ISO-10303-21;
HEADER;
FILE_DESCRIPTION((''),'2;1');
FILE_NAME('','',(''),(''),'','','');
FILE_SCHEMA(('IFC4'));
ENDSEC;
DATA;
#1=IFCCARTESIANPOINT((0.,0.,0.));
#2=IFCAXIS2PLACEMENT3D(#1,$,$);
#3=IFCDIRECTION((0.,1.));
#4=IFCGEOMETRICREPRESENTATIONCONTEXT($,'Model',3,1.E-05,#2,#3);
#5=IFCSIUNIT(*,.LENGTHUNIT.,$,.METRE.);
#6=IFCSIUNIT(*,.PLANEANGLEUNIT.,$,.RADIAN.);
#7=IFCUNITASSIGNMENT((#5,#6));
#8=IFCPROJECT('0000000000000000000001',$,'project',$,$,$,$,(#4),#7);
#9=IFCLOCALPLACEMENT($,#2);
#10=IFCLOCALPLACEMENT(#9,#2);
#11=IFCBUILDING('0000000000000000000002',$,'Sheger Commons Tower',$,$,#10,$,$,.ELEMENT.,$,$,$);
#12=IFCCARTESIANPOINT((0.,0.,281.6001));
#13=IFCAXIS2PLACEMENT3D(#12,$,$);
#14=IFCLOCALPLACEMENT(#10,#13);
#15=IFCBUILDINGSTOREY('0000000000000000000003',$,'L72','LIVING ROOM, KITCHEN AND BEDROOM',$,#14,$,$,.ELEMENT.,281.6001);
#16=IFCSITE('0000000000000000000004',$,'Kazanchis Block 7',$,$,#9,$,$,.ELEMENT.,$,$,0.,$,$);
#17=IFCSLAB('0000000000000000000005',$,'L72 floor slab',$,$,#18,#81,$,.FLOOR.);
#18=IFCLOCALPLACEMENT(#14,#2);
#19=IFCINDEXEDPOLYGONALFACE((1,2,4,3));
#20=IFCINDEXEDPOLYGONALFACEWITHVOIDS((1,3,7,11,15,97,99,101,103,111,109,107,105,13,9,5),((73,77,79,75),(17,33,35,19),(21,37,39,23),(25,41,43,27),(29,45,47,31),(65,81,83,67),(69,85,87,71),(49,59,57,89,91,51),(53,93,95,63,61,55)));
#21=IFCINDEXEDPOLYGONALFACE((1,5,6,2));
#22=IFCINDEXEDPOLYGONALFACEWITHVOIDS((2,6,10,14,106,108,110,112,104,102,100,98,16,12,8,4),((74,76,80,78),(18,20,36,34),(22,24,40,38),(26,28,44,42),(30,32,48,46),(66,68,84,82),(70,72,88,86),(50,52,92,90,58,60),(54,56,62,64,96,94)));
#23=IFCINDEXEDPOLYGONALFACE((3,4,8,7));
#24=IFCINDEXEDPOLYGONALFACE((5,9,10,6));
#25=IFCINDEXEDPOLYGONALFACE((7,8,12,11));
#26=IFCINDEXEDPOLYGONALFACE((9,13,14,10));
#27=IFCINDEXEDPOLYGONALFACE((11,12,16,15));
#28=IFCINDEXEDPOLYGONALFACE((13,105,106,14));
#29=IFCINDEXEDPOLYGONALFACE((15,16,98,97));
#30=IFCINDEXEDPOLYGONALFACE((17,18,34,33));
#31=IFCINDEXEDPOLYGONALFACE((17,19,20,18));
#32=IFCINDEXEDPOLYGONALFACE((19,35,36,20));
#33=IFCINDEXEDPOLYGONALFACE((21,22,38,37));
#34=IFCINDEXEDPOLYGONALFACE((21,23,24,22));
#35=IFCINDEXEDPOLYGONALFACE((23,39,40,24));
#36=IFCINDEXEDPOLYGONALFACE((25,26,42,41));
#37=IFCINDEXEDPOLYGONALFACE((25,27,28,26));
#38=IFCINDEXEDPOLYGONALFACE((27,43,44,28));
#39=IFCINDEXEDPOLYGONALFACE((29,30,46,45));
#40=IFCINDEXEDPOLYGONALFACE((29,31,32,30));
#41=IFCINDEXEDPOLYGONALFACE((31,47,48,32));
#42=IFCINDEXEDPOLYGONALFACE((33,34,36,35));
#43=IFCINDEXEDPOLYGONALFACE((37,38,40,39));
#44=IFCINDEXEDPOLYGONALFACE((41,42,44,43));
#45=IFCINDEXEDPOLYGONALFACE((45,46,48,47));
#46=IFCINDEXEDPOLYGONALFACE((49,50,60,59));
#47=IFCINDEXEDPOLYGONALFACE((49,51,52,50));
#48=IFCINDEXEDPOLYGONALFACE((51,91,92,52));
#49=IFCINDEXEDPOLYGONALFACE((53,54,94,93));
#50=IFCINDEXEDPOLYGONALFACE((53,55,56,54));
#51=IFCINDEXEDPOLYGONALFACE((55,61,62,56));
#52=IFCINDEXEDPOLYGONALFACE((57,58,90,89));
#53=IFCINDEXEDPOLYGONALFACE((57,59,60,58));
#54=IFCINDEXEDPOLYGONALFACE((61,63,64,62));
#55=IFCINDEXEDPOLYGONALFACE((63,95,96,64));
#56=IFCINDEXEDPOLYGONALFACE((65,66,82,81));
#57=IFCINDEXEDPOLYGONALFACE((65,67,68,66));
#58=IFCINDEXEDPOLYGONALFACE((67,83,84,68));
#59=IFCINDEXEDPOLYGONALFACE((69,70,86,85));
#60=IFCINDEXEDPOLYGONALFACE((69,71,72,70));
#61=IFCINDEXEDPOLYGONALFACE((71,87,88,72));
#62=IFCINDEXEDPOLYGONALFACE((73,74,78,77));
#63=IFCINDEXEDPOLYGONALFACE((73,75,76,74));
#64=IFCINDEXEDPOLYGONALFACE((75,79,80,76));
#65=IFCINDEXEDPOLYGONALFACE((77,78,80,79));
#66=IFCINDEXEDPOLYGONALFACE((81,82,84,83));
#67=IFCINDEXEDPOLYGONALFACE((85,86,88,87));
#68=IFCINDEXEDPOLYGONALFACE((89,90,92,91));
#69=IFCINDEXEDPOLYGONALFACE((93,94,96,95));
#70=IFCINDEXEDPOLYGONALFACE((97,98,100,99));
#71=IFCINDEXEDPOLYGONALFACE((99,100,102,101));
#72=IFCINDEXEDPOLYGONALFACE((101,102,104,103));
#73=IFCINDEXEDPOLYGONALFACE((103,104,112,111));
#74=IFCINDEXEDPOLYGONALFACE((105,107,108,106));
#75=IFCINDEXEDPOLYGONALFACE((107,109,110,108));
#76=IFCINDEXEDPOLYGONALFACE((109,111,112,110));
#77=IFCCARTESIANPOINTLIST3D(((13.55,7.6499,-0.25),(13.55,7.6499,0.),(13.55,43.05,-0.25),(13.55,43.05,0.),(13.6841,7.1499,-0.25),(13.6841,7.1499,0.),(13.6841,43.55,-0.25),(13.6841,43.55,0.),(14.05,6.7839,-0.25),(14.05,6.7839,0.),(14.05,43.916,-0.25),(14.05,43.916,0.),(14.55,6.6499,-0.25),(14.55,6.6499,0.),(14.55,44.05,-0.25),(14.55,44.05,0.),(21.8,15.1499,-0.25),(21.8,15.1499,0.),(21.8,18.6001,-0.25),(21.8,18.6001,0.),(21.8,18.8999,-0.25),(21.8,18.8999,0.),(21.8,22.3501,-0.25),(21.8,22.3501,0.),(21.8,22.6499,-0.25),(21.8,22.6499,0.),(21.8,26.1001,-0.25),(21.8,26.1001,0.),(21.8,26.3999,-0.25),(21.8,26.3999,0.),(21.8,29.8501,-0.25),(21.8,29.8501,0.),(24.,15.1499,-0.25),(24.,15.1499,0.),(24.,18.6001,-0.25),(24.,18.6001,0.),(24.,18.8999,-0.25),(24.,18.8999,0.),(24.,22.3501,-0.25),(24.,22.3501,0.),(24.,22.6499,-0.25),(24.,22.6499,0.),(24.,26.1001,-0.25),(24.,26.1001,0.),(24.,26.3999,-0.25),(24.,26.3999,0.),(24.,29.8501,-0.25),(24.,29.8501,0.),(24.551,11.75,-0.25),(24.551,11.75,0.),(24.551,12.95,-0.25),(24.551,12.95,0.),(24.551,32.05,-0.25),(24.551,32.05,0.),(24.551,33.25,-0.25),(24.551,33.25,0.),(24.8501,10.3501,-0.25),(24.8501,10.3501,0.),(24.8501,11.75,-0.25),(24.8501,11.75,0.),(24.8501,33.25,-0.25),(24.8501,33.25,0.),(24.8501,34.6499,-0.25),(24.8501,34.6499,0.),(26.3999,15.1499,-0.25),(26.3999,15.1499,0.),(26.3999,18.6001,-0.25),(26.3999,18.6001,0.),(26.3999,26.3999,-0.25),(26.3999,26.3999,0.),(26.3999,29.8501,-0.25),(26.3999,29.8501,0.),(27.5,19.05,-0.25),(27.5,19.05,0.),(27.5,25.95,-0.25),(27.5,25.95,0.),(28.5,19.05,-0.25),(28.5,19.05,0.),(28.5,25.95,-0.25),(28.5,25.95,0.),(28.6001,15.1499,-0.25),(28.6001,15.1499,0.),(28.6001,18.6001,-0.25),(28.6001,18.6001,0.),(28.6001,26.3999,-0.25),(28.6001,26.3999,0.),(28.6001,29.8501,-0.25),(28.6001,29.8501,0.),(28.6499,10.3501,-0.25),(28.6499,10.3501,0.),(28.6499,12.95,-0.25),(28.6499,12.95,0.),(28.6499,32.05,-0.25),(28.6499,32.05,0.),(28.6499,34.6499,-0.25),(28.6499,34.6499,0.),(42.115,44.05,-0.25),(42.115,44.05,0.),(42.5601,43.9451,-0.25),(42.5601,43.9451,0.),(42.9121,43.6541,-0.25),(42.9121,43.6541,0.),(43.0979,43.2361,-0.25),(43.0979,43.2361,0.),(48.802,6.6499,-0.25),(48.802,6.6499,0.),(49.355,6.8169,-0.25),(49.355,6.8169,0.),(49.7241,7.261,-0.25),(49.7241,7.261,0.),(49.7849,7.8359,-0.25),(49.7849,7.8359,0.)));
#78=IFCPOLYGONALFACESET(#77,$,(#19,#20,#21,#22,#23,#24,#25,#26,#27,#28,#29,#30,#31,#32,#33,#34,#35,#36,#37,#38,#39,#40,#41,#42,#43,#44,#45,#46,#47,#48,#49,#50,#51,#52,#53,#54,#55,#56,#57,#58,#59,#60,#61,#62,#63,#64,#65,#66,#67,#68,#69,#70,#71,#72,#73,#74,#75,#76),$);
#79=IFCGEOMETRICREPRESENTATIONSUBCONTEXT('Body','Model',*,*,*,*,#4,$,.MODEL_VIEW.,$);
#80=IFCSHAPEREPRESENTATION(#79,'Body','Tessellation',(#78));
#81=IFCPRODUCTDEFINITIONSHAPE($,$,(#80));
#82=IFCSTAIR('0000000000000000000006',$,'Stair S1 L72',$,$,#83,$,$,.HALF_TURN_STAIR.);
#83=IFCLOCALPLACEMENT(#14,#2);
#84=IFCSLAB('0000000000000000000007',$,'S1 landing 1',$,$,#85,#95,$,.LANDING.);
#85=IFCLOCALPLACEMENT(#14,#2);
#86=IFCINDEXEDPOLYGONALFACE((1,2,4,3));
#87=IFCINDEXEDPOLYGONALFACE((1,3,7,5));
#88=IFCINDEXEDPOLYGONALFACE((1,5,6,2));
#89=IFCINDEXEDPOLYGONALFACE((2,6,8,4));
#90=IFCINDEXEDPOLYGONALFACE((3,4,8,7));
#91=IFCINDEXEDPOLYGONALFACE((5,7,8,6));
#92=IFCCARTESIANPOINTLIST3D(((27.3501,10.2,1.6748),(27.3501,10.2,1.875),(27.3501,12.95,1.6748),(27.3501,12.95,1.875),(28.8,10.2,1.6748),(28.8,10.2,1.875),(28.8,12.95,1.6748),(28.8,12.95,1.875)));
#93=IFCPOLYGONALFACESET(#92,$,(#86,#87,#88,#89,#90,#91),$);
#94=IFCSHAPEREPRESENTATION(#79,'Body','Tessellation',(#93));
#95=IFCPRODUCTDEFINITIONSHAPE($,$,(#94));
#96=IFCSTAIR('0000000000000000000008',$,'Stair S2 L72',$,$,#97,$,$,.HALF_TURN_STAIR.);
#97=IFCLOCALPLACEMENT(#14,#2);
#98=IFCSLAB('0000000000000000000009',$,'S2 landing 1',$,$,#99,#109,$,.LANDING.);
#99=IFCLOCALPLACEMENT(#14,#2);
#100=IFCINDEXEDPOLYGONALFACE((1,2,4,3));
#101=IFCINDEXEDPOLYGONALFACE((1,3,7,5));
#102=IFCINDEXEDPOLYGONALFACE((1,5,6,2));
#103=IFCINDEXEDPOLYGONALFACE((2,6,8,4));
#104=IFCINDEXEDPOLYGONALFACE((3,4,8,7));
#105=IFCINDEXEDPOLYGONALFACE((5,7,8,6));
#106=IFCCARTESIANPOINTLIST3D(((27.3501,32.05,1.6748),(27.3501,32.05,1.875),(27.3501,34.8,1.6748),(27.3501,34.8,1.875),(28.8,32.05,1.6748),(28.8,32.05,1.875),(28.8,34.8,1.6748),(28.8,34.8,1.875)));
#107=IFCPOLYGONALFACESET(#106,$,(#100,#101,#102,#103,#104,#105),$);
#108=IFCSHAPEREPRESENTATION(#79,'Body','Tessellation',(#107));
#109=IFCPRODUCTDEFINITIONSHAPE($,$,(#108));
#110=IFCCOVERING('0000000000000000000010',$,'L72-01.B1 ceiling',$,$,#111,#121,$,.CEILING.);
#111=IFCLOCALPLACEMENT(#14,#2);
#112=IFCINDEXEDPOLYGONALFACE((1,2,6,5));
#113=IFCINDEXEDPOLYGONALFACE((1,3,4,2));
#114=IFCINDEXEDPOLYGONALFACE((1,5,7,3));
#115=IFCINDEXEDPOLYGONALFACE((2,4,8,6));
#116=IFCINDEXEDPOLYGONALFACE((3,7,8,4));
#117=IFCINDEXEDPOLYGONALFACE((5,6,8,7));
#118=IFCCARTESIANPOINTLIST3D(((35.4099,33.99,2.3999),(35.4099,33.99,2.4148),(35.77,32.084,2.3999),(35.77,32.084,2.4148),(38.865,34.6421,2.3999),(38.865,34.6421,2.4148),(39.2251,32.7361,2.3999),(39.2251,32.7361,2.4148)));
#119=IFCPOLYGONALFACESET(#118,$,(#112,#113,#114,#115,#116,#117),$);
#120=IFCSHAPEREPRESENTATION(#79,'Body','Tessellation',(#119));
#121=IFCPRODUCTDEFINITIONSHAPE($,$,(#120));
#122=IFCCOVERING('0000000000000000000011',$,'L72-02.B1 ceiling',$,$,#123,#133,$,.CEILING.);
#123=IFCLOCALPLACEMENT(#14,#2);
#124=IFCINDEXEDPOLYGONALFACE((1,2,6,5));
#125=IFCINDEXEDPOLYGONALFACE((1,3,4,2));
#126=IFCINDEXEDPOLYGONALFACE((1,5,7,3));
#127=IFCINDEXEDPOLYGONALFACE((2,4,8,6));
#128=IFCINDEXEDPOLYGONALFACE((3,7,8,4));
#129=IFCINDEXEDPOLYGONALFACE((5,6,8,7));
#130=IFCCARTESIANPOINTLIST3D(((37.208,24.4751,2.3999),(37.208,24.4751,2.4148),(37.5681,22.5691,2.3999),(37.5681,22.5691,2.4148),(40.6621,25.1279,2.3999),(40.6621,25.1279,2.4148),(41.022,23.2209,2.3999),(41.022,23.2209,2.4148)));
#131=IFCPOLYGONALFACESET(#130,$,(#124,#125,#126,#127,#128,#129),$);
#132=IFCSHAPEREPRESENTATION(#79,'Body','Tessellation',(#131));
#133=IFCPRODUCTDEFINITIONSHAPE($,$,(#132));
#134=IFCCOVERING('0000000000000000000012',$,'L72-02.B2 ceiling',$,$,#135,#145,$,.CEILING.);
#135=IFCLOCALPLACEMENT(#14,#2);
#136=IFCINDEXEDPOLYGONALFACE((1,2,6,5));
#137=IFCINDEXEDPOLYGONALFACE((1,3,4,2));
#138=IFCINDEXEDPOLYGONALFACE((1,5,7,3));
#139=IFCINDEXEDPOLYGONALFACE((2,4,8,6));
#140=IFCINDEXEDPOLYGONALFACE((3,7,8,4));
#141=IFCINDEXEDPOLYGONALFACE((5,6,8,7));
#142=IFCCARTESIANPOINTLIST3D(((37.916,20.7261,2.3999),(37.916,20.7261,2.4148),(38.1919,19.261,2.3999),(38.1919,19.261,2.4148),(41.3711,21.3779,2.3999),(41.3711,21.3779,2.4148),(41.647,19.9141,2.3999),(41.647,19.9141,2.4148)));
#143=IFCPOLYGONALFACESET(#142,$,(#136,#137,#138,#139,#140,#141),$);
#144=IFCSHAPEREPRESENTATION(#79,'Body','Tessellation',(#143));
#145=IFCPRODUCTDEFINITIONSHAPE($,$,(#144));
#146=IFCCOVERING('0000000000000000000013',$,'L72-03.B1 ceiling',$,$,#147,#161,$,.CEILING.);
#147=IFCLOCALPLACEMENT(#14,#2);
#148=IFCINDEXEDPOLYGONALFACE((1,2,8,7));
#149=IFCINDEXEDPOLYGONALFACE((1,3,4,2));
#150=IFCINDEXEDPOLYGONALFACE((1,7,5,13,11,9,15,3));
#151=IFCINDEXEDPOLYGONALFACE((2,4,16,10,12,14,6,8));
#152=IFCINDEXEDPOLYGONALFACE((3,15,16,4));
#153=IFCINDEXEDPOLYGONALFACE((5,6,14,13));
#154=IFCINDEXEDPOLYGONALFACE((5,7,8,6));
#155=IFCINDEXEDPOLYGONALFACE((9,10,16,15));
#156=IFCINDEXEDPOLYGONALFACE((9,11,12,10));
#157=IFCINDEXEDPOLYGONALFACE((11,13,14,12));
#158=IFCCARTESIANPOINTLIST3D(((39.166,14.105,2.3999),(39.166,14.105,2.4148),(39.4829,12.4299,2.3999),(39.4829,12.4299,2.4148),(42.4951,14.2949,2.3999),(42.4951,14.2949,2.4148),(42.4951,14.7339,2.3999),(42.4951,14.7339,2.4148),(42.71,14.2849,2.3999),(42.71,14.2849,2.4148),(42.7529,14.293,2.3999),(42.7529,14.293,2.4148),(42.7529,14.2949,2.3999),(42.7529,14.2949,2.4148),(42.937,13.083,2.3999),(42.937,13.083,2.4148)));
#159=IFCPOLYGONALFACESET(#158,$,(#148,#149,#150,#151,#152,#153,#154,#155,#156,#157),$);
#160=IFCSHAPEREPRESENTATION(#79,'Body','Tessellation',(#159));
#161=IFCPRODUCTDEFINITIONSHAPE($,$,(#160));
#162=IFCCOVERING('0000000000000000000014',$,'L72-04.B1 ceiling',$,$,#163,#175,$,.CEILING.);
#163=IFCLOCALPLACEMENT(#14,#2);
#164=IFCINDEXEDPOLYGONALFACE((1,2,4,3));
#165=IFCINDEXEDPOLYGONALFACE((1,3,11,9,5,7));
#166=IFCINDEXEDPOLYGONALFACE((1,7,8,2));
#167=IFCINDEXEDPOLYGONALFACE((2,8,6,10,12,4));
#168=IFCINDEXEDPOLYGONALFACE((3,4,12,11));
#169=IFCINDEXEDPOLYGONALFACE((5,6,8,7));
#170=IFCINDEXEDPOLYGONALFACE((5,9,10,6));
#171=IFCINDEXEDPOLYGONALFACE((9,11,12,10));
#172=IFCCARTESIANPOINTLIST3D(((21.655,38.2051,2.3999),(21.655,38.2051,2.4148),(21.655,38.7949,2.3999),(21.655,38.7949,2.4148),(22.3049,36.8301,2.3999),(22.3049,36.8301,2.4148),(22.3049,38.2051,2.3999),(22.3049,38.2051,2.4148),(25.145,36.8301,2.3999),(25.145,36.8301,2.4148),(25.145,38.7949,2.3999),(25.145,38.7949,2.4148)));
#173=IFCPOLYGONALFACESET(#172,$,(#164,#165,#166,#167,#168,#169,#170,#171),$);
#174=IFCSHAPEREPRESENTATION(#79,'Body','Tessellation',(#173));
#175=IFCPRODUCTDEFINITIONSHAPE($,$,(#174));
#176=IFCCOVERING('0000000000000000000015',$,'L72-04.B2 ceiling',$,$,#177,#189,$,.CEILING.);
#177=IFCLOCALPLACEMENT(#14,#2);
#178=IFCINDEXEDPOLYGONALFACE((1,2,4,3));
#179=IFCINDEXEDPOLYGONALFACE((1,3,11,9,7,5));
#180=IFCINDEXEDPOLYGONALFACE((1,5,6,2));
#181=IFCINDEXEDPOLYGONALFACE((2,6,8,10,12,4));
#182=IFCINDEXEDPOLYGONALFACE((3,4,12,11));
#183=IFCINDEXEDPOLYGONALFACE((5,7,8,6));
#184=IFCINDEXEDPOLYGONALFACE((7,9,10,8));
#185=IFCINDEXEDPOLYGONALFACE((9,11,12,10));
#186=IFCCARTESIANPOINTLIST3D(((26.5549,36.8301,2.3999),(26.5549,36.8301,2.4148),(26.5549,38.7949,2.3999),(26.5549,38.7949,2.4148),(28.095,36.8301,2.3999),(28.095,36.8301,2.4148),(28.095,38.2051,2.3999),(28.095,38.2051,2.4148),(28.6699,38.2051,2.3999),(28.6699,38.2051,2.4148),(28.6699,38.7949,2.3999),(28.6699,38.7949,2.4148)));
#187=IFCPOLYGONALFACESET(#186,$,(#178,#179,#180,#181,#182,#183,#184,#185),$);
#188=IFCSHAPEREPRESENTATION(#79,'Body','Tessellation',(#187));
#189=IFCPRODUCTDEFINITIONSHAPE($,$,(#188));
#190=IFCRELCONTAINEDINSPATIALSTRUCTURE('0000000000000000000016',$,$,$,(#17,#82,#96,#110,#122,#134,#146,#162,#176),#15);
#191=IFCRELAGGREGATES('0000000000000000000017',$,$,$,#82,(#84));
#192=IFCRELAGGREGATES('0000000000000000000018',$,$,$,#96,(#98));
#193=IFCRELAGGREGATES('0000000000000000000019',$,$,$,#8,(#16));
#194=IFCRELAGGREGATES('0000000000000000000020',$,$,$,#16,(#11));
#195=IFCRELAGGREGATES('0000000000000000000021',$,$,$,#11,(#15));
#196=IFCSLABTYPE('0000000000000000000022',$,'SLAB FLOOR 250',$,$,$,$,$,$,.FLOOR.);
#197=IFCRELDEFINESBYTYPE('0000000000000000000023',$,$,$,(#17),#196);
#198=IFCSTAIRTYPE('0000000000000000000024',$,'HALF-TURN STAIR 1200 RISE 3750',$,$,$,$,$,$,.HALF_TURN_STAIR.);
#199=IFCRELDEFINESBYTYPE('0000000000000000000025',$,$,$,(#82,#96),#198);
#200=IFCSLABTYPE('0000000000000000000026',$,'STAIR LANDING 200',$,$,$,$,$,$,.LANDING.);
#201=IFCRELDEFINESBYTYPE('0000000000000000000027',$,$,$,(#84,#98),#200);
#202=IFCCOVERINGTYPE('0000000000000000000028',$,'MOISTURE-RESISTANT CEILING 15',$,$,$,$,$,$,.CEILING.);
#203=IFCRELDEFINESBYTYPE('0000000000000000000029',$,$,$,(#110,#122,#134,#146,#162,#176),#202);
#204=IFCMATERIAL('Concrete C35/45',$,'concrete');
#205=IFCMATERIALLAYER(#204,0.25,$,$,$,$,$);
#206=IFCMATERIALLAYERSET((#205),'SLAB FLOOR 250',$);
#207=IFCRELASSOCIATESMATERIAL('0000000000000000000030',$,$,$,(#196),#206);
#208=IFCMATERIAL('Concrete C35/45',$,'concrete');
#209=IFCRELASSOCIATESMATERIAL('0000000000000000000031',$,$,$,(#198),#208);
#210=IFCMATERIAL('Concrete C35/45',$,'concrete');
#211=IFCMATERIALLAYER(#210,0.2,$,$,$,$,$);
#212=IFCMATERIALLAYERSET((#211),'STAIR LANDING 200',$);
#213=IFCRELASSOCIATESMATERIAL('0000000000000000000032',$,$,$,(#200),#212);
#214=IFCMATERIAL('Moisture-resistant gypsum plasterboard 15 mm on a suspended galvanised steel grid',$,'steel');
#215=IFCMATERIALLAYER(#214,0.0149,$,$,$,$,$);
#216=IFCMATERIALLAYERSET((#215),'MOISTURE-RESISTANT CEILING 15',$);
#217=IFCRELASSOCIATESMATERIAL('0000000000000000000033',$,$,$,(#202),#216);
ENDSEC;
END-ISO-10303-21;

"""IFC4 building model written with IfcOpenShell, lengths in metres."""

from ifc_helpers import new_model, si_unit, direction, frame, origin, place, context, subcontext, project, spatial, polyline, outline, extrude, material, layer, layer_set, type_object, element, aggregate, save


model = new_model("IFC4")

# Units and contexts
model_context = context("Model", 3, precision=1e-05, world=origin(), true_north=direction((0.0, 1.0)))
body_context = subcontext(model_context, "Body", "Model", "MODEL_VIEW")
ifc_project = project(units=[si_unit("LENGTHUNIT", "METRE"), si_unit("PLANEANGLEUNIT", "RADIAN")], contexts=[model_context])

# Site, building, storey
site_placement = place(None, origin())
site = spatial("IfcSite", under=ifc_project, at=site_placement, Name="Kazanchis Block 7", CompositionType="ELEMENT", RefElevation=0.0)
building_placement = place(site_placement, origin())
building = spatial("IfcBuilding", under=site, at=building_placement, Name="Sheger Commons Tower", CompositionType="ELEMENT")
storey_placement = place(building_placement, frame((0.0, 0.0, 281.6001)))
storey = spatial("IfcBuildingStorey", under=building, at=storey_placement, Name="L72", Description="LIVING ROOM, KITCHEN AND BEDROOM", CompositionType="ELEMENT", Elevation=281.6001)

# Slab
ifc_material_1 = material(Name="Concrete C35/45", Category="concrete")
ifc_layer_1 = layer(ifc_material_1, 0.25)
ifc_layer_set_1 = layer_set([ifc_layer_1], Name="SLAB FLOOR 250")
slab_type_1 = type_object("IfcSlabType", Name="SLAB FLOOR 250", PredefinedType="FLOOR", material=ifc_layer_set_1)
slab_1_placement = place(storey_placement, frame((0.0, 0.0, -0.25)))
element("IfcSlab", 1, at=slab_1_placement, inside=storey, type_object=slab_type_1, Name="L72 floor slab", PredefinedType="FLOOR", context=body_context, shape_type="SweptSolid", body=[
    extrude(outline(polyline([(13.55, 7.6499), (13.6841, 7.1499), (14.05, 6.7839), (14.55, 6.6499), (48.802, 6.6499), (49.355, 6.8169), (49.7241, 7.261), (49.7849, 7.8359), (43.0979, 43.2361), (42.9121, 43.6541), (42.5601, 43.9451), (42.115, 44.05), (14.55, 44.05), (14.05, 43.916), (13.6841, 43.55), (13.55, 43.05), (13.55, 7.6499)]), holes=[polyline([(24.8501, 10.3501), (28.6499, 10.3501), (28.6499, 12.95), (24.551, 12.95), (24.551, 11.75), (24.8501, 11.75), (24.8501, 10.3501)]), polyline([(24.551, 32.05), (28.6499, 32.05), (28.6499, 34.6499), (24.8501, 34.6499), (24.8501, 33.25), (24.551, 33.25), (24.551, 32.05)]), polyline([(26.3999, 15.1499), (28.6001, 15.1499), (28.6001, 18.6001), (26.3999, 18.6001), (26.3999, 15.1499)]), polyline([(26.3999, 26.3999), (28.6001, 26.3999), (28.6001, 29.8501), (26.3999, 29.8501), (26.3999, 26.3999)]), polyline([(21.8, 15.1499), (24.0, 15.1499), (24.0, 18.6001), (21.8, 18.6001), (21.8, 15.1499)]), polyline([(21.8, 18.8999), (24.0, 18.8999), (24.0, 22.3501), (21.8, 22.3501), (21.8, 18.8999)]), polyline([(21.8, 22.6499), (24.0, 22.6499), (24.0, 26.1001), (21.8, 26.1001), (21.8, 22.6499)]), polyline([(21.8, 26.3999), (24.0, 26.3999), (24.0, 29.8501), (21.8, 29.8501), (21.8, 26.3999)]), polyline([(27.5, 19.05), (28.5, 19.05), (28.5, 25.95), (27.5, 25.95), (27.5, 19.05)])]), origin(), (0.0, 0.0, 1.0), 0.25),
])

# Stairs, slabs
ifc_material_2 = material(Name="Concrete C35/45", Category="concrete")
stair_type = type_object("IfcStairType", Name="HALF-TURN STAIR 1200 RISE 3750", PredefinedType="HALF_TURN_STAIR", material=ifc_material_2)
stair_1_placement = place(storey_placement, origin())
stair_1 = element("IfcStair", 2, at=stair_1_placement, inside=storey, type_object=stair_type, Name="Stair S1 L72", PredefinedType="HALF_TURN_STAIR")
ifc_material_3 = material(Name="Concrete C35/45", Category="concrete")
ifc_layer_2 = layer(ifc_material_3, 0.2)
ifc_layer_set_2 = layer_set([ifc_layer_2], Name="STAIR LANDING 200")
slab_type_2 = type_object("IfcSlabType", Name="STAIR LANDING 200", PredefinedType="LANDING", material=ifc_layer_set_2)
slab_2_placement = place(storey_placement, frame((0.0, 0.0, 1.6748)))
slab_2 = element("IfcSlab", 3, at=slab_2_placement, type_object=slab_type_2, Name="S1 landing 1", PredefinedType="LANDING", context=body_context, shape_type="SweptSolid", body=[
    extrude(outline(polyline([(27.3501, 10.2), (28.8, 10.2), (28.8, 12.95), (27.3501, 12.95), (27.3501, 10.2)])), origin(), (0.0, 0.0, 1.0), 0.2002),
])
aggregate(stair_1, [slab_2])
stair_2_placement = place(storey_placement, origin())
stair_2 = element("IfcStair", 4, at=stair_2_placement, inside=storey, type_object=stair_type, Name="Stair S2 L72", PredefinedType="HALF_TURN_STAIR")
slab_3_placement = place(storey_placement, frame((0.0, 0.0, 1.6748)))
slab_3 = element("IfcSlab", 5, at=slab_3_placement, type_object=slab_type_2, Name="S2 landing 1", PredefinedType="LANDING", context=body_context, shape_type="SweptSolid", body=[
    extrude(outline(polyline([(27.3501, 32.05), (28.8, 32.05), (28.8, 34.8), (27.3501, 34.8), (27.3501, 32.05)])), origin(), (0.0, 0.0, 1.0), 0.2002),
])
aggregate(stair_2, [slab_3])

# Coverings
ifc_material_4 = material(Name="Moisture-resistant gypsum plasterboard 15 mm on a suspended galvanised steel grid", Category="steel")
ifc_layer_3 = layer(ifc_material_4, 0.0149)
ifc_layer_set_3 = layer_set([ifc_layer_3], Name="MOISTURE-RESISTANT CEILING 15")
covering_type_1 = type_object("IfcCoveringType", Name="MOISTURE-RESISTANT CEILING 15", PredefinedType="CEILING", material=ifc_layer_set_3)
covering_1_placement = place(storey_placement, frame((0.0, 0.0, 2.3999)))
element("IfcCovering", 6, at=covering_1_placement, inside=storey, type_object=covering_type_1, Name="L72-01.B1 ceiling", PredefinedType="CEILING", context=body_context, shape_type="SweptSolid", body=[
    extrude(outline(polyline([(35.77, 32.084), (39.2251, 32.7361), (38.865, 34.6421), (35.4099, 33.99), (35.77, 32.084)])), origin(), (0.0, 0.0, 1.0), 0.0149),
])
covering_2_placement = place(storey_placement, frame((0.0, 0.0, 2.3999)))
element("IfcCovering", 7, at=covering_2_placement, inside=storey, type_object=covering_type_1, Name="L72-02.B1 ceiling", PredefinedType="CEILING", context=body_context, shape_type="SweptSolid", body=[
    extrude(outline(polyline([(37.5681, 22.5691), (41.022, 23.2209), (40.6621, 25.1279), (37.208, 24.4751), (37.5681, 22.5691)])), origin(), (0.0, 0.0, 1.0), 0.0149),
])
covering_3_placement = place(storey_placement, frame((0.0, 0.0, 2.3999)))
element("IfcCovering", 8, at=covering_3_placement, inside=storey, type_object=covering_type_1, Name="L72-02.B2 ceiling", PredefinedType="CEILING", context=body_context, shape_type="SweptSolid", body=[
    extrude(outline(polyline([(38.1919, 19.261), (41.647, 19.9141), (41.3711, 21.3779), (37.916, 20.7261), (38.1919, 19.261)])), origin(), (0.0, 0.0, 1.0), 0.0149),
])
covering_4_placement = place(storey_placement, frame((0.0, 0.0, 2.3999)))
element("IfcCovering", 9, at=covering_4_placement, inside=storey, type_object=covering_type_1, Name="L72-03.B1 ceiling", PredefinedType="CEILING", context=body_context, shape_type="SweptSolid", body=[
    extrude(outline(polyline([(39.4829, 12.4299), (42.937, 13.083), (42.71, 14.2849), (42.7529, 14.293), (42.7529, 14.2949), (42.4951, 14.2949), (42.4951, 14.7339), (39.166, 14.105), (39.4829, 12.4299)])), origin(), (0.0, 0.0, 1.0), 0.0149),
])
covering_5_placement = place(storey_placement, frame((0.0, 0.0, 2.3999)))
element("IfcCovering", 10, at=covering_5_placement, inside=storey, type_object=covering_type_1, Name="L72-04.B1 ceiling", PredefinedType="CEILING", context=body_context, shape_type="SweptSolid", body=[
    extrude(outline(polyline([(22.3049, 36.8301), (25.145, 36.8301), (25.145, 38.7949), (21.655, 38.7949), (21.655, 38.2051), (22.3049, 38.2051), (22.3049, 36.8301)])), origin(), (0.0, 0.0, 1.0), 0.0149),
])
covering_6_placement = place(storey_placement, frame((0.0, 0.0, 2.3999)))
element("IfcCovering", 11, at=covering_6_placement, inside=storey, type_object=covering_type_1, Name="L72-04.B2 ceiling", PredefinedType="CEILING", context=body_context, shape_type="SweptSolid", body=[
    extrude(outline(polyline([(26.5549, 36.8301), (28.095, 36.8301), (28.095, 38.2051), (28.6699, 38.2051), (28.6699, 38.7949), (26.5549, 38.7949), (26.5549, 36.8301)])), origin(), (0.0, 0.0, 1.0), 0.0149),
])

save(model, "model.ifc")
